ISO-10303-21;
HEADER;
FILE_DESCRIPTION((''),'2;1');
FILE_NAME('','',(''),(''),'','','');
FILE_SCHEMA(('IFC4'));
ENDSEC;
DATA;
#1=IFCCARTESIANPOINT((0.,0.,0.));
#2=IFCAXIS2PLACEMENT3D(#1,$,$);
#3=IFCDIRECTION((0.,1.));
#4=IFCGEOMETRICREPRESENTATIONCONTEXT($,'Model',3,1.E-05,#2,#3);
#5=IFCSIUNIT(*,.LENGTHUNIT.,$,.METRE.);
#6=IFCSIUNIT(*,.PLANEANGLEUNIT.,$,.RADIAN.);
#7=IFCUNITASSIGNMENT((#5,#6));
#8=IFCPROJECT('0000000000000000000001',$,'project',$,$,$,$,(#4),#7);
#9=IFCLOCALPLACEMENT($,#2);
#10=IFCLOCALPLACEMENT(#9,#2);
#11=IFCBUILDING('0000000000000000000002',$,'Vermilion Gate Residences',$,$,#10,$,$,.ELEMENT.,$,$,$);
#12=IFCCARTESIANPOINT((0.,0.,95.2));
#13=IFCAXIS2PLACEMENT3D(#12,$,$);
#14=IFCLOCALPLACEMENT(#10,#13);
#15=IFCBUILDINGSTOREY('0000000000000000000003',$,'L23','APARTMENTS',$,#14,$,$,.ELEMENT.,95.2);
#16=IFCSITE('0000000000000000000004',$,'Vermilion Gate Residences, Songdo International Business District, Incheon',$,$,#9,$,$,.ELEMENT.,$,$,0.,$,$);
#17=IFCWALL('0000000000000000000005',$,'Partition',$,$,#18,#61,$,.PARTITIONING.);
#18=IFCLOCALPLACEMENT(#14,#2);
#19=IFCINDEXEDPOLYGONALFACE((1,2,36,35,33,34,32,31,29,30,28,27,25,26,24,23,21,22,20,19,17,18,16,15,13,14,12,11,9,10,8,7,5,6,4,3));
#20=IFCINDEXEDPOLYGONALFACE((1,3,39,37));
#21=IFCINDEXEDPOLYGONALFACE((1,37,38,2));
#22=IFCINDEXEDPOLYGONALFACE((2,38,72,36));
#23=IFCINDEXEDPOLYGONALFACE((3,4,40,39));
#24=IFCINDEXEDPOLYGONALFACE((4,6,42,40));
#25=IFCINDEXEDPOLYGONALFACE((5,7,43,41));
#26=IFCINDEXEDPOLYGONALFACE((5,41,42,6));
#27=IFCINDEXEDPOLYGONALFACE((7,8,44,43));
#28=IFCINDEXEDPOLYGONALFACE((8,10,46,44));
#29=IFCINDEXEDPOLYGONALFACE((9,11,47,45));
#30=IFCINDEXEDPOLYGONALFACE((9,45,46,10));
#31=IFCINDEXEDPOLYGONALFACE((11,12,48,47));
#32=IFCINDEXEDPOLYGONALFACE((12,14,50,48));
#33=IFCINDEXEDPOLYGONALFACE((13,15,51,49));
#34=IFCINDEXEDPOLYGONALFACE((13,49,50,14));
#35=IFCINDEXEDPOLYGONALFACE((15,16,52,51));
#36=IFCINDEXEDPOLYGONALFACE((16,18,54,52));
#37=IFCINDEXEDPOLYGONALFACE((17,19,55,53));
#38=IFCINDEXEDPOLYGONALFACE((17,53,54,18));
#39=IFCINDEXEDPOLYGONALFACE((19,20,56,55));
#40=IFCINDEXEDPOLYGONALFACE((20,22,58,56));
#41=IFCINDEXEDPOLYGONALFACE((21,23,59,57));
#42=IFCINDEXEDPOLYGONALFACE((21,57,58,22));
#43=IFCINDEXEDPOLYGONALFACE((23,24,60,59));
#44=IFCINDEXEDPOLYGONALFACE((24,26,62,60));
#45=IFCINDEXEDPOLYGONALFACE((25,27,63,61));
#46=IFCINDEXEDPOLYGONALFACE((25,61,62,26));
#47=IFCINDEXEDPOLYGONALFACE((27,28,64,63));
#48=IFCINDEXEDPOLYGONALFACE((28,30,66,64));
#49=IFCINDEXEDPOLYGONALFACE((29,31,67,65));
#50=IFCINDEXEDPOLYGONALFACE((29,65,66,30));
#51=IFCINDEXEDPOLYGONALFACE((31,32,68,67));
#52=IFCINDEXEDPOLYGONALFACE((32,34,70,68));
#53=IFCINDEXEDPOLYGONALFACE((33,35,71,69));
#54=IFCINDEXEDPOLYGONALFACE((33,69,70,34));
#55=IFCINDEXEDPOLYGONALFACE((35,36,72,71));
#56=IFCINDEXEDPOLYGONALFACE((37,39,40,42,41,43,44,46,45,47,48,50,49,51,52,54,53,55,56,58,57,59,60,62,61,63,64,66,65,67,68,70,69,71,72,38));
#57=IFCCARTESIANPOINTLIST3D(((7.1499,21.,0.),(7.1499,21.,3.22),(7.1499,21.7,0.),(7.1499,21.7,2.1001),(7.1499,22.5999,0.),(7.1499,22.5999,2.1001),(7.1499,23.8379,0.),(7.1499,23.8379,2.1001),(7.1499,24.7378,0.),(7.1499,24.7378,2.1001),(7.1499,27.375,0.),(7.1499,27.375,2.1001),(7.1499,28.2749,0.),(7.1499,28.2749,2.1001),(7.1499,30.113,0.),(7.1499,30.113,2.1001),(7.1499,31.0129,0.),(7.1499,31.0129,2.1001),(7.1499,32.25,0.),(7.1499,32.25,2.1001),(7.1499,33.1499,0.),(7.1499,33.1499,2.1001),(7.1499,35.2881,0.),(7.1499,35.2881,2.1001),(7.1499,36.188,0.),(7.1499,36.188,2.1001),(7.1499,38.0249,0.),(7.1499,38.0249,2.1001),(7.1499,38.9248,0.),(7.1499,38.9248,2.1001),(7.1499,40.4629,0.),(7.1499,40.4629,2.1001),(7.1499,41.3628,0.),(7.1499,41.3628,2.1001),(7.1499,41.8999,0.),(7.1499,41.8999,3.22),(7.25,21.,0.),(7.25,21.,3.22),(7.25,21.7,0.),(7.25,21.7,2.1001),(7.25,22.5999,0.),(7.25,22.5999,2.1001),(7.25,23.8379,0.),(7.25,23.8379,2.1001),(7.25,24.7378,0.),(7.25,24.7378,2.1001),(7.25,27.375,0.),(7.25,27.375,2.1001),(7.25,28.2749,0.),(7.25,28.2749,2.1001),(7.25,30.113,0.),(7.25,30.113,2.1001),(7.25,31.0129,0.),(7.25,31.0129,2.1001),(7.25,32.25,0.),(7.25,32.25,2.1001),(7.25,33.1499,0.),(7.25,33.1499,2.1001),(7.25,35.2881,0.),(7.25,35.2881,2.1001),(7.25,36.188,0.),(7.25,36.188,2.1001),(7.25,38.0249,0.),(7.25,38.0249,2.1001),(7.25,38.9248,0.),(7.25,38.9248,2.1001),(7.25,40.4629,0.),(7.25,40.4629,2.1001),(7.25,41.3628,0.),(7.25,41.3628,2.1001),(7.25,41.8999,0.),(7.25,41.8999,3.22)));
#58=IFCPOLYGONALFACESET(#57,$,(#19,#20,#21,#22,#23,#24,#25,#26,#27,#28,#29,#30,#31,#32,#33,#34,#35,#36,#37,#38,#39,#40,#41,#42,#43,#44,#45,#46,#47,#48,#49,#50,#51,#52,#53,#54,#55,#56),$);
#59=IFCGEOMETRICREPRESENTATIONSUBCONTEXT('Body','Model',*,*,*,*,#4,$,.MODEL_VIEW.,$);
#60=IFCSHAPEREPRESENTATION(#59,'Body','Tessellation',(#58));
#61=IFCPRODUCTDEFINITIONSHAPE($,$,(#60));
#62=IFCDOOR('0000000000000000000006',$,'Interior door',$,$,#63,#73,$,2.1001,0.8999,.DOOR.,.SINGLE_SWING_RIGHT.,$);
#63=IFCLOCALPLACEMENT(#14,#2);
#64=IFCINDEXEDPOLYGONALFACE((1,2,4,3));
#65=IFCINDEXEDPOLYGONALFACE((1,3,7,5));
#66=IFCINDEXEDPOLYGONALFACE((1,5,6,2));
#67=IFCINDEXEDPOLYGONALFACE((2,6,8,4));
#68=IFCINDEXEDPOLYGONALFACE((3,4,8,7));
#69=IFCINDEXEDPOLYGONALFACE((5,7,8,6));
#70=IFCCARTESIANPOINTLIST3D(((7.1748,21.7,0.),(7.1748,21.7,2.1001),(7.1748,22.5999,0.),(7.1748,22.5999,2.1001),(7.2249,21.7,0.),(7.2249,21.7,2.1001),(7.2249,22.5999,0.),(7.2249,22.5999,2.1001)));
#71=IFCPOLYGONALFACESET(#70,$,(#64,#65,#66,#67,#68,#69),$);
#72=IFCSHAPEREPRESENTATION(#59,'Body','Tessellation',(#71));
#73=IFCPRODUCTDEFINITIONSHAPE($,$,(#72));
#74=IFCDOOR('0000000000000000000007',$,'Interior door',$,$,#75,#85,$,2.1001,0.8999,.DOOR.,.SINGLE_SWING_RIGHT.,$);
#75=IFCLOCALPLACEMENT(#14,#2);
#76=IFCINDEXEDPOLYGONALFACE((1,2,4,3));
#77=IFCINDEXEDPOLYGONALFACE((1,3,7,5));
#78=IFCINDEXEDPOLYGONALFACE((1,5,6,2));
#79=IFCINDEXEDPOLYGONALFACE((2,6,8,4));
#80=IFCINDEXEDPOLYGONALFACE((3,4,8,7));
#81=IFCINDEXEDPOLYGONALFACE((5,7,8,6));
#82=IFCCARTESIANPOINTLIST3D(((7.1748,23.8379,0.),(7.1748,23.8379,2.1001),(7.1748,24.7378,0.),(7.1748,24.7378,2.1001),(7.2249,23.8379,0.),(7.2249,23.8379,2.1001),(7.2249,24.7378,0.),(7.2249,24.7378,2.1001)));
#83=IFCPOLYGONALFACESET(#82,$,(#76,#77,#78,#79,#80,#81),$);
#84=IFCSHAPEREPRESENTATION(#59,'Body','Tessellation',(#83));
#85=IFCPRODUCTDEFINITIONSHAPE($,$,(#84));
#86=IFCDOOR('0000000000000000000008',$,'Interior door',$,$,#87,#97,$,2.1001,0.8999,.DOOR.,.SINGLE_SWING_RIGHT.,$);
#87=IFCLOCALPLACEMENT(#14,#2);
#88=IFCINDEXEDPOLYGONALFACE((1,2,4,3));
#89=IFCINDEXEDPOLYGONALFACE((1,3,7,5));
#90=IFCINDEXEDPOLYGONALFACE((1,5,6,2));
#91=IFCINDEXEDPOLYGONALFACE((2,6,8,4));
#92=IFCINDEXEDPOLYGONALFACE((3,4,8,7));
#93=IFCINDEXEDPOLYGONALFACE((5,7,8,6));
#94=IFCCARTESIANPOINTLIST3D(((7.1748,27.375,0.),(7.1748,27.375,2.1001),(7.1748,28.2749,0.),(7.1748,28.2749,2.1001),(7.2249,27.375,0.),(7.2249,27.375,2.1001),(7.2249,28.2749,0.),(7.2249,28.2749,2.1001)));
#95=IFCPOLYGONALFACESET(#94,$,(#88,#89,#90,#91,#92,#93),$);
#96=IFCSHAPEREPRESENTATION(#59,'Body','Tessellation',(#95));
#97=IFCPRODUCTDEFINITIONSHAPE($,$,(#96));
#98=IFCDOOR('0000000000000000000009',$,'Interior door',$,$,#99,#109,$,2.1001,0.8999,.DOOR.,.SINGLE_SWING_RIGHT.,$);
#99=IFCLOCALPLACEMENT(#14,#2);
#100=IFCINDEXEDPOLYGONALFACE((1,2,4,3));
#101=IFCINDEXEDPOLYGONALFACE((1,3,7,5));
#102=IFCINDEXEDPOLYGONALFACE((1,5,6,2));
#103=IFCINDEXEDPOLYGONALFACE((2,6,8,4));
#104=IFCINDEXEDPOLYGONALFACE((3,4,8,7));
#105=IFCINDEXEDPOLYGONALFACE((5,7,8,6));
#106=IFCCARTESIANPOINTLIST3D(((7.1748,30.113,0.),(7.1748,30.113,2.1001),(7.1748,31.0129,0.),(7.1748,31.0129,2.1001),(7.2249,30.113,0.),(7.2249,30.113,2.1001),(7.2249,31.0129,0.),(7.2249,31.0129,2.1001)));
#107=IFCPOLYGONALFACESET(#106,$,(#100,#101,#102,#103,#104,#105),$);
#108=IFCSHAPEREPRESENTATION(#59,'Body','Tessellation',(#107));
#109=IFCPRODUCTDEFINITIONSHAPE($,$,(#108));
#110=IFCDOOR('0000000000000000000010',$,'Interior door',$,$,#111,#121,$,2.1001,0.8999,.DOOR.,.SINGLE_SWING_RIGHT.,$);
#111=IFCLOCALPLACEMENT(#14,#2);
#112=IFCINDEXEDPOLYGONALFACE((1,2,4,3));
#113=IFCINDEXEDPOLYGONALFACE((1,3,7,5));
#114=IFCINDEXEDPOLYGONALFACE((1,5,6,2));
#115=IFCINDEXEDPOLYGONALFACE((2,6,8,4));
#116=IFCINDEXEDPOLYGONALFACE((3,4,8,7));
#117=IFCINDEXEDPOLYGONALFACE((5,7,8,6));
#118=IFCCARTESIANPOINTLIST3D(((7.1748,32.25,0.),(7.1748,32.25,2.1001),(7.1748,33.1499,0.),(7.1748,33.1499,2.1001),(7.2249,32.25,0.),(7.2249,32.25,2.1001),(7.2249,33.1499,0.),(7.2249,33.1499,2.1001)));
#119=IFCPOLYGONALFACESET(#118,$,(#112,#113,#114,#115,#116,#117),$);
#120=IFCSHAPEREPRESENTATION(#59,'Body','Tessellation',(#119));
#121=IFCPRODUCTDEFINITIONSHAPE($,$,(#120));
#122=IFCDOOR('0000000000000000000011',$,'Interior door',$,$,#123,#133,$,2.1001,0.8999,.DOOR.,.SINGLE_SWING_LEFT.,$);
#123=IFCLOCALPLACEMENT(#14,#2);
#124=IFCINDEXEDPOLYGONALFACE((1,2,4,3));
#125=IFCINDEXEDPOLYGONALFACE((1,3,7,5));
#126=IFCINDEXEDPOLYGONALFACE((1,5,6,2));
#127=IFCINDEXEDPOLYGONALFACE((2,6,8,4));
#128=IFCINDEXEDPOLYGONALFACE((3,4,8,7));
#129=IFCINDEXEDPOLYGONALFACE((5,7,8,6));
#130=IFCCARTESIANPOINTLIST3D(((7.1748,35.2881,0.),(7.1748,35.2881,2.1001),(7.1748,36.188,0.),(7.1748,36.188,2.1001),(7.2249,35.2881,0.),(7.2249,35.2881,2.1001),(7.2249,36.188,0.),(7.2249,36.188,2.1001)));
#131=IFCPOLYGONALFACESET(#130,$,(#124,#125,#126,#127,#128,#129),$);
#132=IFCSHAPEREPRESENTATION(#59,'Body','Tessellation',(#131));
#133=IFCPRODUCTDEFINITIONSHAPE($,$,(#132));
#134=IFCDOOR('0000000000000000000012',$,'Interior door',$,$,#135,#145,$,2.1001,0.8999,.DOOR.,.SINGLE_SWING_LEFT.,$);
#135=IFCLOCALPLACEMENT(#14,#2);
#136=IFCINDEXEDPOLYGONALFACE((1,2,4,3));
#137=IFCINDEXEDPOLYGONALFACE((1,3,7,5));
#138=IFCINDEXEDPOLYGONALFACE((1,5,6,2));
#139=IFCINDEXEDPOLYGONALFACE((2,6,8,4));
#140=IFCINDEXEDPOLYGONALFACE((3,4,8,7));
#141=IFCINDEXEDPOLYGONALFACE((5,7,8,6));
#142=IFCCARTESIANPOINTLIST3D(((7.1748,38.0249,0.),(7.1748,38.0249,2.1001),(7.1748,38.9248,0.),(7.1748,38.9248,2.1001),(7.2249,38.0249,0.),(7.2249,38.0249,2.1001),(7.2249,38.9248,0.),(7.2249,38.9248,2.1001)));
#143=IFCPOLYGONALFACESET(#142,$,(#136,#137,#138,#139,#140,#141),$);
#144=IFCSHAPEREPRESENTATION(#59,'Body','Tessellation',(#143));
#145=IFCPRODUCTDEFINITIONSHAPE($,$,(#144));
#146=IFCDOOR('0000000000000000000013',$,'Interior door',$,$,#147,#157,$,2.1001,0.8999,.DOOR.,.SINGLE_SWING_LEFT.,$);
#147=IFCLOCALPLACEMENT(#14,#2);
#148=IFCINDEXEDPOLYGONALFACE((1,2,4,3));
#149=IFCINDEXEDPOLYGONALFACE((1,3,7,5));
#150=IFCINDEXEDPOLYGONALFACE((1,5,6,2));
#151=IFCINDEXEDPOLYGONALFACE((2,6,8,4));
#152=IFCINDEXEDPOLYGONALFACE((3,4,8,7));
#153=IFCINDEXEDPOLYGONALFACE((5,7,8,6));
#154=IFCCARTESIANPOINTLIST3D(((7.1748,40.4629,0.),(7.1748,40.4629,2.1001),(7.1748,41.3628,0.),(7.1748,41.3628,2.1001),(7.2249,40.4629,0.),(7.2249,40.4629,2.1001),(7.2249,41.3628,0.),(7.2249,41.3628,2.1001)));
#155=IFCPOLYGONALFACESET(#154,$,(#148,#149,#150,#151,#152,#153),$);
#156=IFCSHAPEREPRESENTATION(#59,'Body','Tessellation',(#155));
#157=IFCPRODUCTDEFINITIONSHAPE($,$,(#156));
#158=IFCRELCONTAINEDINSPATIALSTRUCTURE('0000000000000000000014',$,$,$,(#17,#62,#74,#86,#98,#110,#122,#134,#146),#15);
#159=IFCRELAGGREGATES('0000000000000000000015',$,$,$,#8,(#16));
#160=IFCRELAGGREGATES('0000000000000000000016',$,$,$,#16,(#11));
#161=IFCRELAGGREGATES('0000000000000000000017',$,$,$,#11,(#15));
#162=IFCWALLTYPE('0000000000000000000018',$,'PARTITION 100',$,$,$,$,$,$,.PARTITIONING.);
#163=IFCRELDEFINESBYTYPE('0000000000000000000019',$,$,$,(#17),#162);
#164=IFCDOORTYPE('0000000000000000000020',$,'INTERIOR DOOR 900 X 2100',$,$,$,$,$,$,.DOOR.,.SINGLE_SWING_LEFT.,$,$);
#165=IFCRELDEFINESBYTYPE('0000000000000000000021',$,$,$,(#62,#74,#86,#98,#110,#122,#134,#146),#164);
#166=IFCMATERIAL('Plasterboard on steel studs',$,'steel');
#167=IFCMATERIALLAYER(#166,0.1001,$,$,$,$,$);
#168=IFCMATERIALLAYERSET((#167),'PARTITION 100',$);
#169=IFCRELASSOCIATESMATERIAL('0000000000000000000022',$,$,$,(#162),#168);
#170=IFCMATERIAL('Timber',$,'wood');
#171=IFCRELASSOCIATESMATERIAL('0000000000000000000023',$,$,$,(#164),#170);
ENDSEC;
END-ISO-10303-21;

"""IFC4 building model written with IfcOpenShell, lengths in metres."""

from ifc_helpers import new_model, si_unit, direction, frame, frame_2d, origin, place, context, subcontext, project, spatial, rectangle, extrude, material, layer, layer_set, type_object, element, fill, save


model = new_model("IFC4")

# Units and contexts
model_context = context("Model", 3, precision=1e-05, world=origin(), true_north=direction((0.0, 1.0)))
body_context = subcontext(model_context, "Body", "Model", "MODEL_VIEW")
ifc_project = project(units=[si_unit("LENGTHUNIT", "METRE"), si_unit("PLANEANGLEUNIT", "RADIAN")], contexts=[model_context])

# Site, building, storey
site_placement = place(None, origin())
site = spatial("IfcSite", under=ifc_project, at=site_placement, Name="Vermilion Gate Residences, Songdo International Business District, Incheon", CompositionType="ELEMENT", RefElevation=0.0)
building_placement = place(site_placement, origin())
building = spatial("IfcBuilding", under=site, at=building_placement, Name="Vermilion Gate Residences", CompositionType="ELEMENT")
storey_placement = place(building_placement, frame((0.0, 0.0, 95.2)))
storey = spatial("IfcBuildingStorey", under=building, at=storey_placement, Name="L23", Description="APARTMENTS", CompositionType="ELEMENT", Elevation=95.2)

# Shared definitions
ifc_material_1 = material(Name="Plasterboard on steel studs", Category="steel")
ifc_layer = layer(ifc_material_1, 0.1001)
ifc_layer_set = layer_set([ifc_layer], Name="PARTITION 100")
wall_type = type_object("IfcWallType", Name="PARTITION 100", PredefinedType="PARTITIONING", material=ifc_layer_set)

# Wall, openings, doors
ifc_material_2 = material(Name="Timber", Category="wood")
door_type = type_object("IfcDoorType", Name="INTERIOR DOOR 900 X 2100", OperationType="SINGLE_SWING_LEFT", PredefinedType="DOOR", material=ifc_material_2)
wall_1_placement = place(storey_placement, frame((7.2, 21.0, 0.0), z_axis=(0.0, 0.0, 1.0), x_axis=(0.0, 1.0, 0.0)))
wall_1 = element("IfcWall", 1, at=wall_1_placement, inside=storey, type_object=wall_type, Name="Partition", PredefinedType="PARTITIONING", context=body_context, shape_type="SweptSolid", body=[
    extrude(rectangle(XDim=20.8999, YDim=0.1001, at=frame_2d((10.45, 0.0))), origin(), (0.0, 0.0, 1.0), 3.22),
])
opening_1_placement = place(wall_1_placement, frame((0.7, 0.0, 0.0)))
opening_1 = element("IfcOpeningElement", 2, at=opening_1_placement, cuts=wall_1, PredefinedType="OPENING", context=body_context, shape_type="SweptSolid", body=[
    extrude(rectangle(XDim=0.8999, YDim=2.1001, at=frame_2d((0.45, 1.05))), frame((0.0, 0.0601, 0.0), z_axis=(0.0, -1.0, 0.0), x_axis=(1.0, 0.0, 0.0)), (0.0, 0.0, 1.0), 0.1201),
])
opening_2_placement = place(wall_1_placement, frame((2.8379, 0.0, 0.0)))
opening_2 = element("IfcOpeningElement", 3, at=opening_2_placement, cuts=wall_1, PredefinedType="OPENING", context=body_context, shape_type="SweptSolid", body=[
    extrude(rectangle(XDim=0.8999, YDim=2.1001, at=frame_2d((0.45, 1.05))), frame((0.0, 0.0601, 0.0), z_axis=(0.0, -1.0, 0.0), x_axis=(1.0, 0.0, 0.0)), (0.0, 0.0, 1.0), 0.1201),
])
opening_3_placement = place(wall_1_placement, frame((6.375, 0.0, 0.0)))
opening_3 = element("IfcOpeningElement", 4, at=opening_3_placement, cuts=wall_1, PredefinedType="OPENING", context=body_context, shape_type="SweptSolid", body=[
    extrude(rectangle(XDim=0.8999, YDim=2.1001, at=frame_2d((0.45, 1.05))), frame((0.0, 0.0601, 0.0), z_axis=(0.0, -1.0, 0.0), x_axis=(1.0, 0.0, 0.0)), (0.0, 0.0, 1.0), 0.1201),
])
opening_4_placement = place(wall_1_placement, frame((9.113, 0.0, 0.0)))
opening_4 = element("IfcOpeningElement", 5, at=opening_4_placement, cuts=wall_1, PredefinedType="OPENING", context=body_context, shape_type="SweptSolid", body=[
    extrude(rectangle(XDim=0.8999, YDim=2.1001, at=frame_2d((0.45, 1.05))), frame((0.0, 0.0601, 0.0), z_axis=(0.0, -1.0, 0.0), x_axis=(1.0, 0.0, 0.0)), (0.0, 0.0, 1.0), 0.1201),
])
opening_5_placement = place(wall_1_placement, frame((11.25, 0.0, 0.0)))
opening_5 = element("IfcOpeningElement", 6, at=opening_5_placement, cuts=wall_1, PredefinedType="OPENING", context=body_context, shape_type="SweptSolid", body=[
    extrude(rectangle(XDim=0.8999, YDim=2.1001, at=frame_2d((0.45, 1.05))), frame((0.0, 0.0601, 0.0), z_axis=(0.0, -1.0, 0.0), x_axis=(1.0, 0.0, 0.0)), (0.0, 0.0, 1.0), 0.1201),
])
opening_6_placement = place(wall_1_placement, frame((14.2881, 0.0, 0.0)))
opening_6 = element("IfcOpeningElement", 7, at=opening_6_placement, cuts=wall_1, PredefinedType="OPENING", context=body_context, shape_type="SweptSolid", body=[
    extrude(rectangle(XDim=0.8999, YDim=2.1001, at=frame_2d((0.45, 1.05))), frame((0.0, 0.0601, 0.0), z_axis=(0.0, -1.0, 0.0), x_axis=(1.0, 0.0, 0.0)), (0.0, 0.0, 1.0), 0.1201),
])
opening_7_placement = place(wall_1_placement, frame((17.0249, 0.0, 0.0)))
opening_7 = element("IfcOpeningElement", 8, at=opening_7_placement, cuts=wall_1, PredefinedType="OPENING", context=body_context, shape_type="SweptSolid", body=[
    extrude(rectangle(XDim=0.8999, YDim=2.1001, at=frame_2d((0.45, 1.05))), frame((0.0, 0.0601, 0.0), z_axis=(0.0, -1.0, 0.0), x_axis=(1.0, 0.0, 0.0)), (0.0, 0.0, 1.0), 0.1201),
])
opening_8_placement = place(wall_1_placement, frame((19.4629, 0.0, 0.0)))
opening_8 = element("IfcOpeningElement", 9, at=opening_8_placement, cuts=wall_1, PredefinedType="OPENING", context=body_context, shape_type="SweptSolid", body=[
    extrude(rectangle(XDim=0.8999, YDim=2.1001, at=frame_2d((0.45, 1.05))), frame((0.0, 0.0601, 0.0), z_axis=(0.0, -1.0, 0.0), x_axis=(1.0, 0.0, 0.0)), (0.0, 0.0, 1.0), 0.1201),
])
door_1_placement = place(opening_1_placement, frame((0.8999, 0.0, 0.0), z_axis=(0.0, 0.0, 1.0), x_axis=(-1.0, 0.0, 0.0)))
door_1 = element("IfcDoor", 10, at=door_1_placement, inside=storey, type_object=door_type, Name="Interior door", OperationType="SINGLE_SWING_RIGHT", OverallHeight=2.1001, OverallWidth=0.8999, PredefinedType="DOOR", context=body_context, shape_type="SweptSolid", body=[
    extrude(rectangle(XDim=0.8999, YDim=2.1001, at=frame_2d((0.45, 1.05))), frame((0.0, 0.0249, 0.0), z_axis=(0.0, -1.0, 0.0), x_axis=(1.0, 0.0, 0.0)), (0.0, 0.0, 1.0), 0.05),
])
fill(opening_1, door_1)
door_2_placement = place(opening_2_placement, frame((0.8999, 0.0, 0.0), z_axis=(0.0, 0.0, 1.0), x_axis=(-1.0, 0.0, 0.0)))
door_2 = element("IfcDoor", 11, at=door_2_placement, inside=storey, type_object=door_type, Name="Interior door", OperationType="SINGLE_SWING_RIGHT", OverallHeight=2.1001, OverallWidth=0.8999, PredefinedType="DOOR", context=body_context, shape_type="SweptSolid", body=[
    extrude(rectangle(XDim=0.8999, YDim=2.1001, at=frame_2d((0.45, 1.05))), frame((0.0, 0.0249, 0.0), z_axis=(0.0, -1.0, 0.0), x_axis=(1.0, 0.0, 0.0)), (0.0, 0.0, 1.0), 0.05),
])
fill(opening_2, door_2)
door_3_placement = place(opening_3_placement, frame((0.8999, 0.0, 0.0), z_axis=(0.0, 0.0, 1.0), x_axis=(-1.0, 0.0, 0.0)))
door_3 = element("IfcDoor", 12, at=door_3_placement, inside=storey, type_object=door_type, Name="Interior door", OperationType="SINGLE_SWING_RIGHT", OverallHeight=2.1001, OverallWidth=0.8999, PredefinedType="DOOR", context=body_context, shape_type="SweptSolid", body=[
    extrude(rectangle(XDim=0.8999, YDim=2.1001, at=frame_2d((0.45, 1.05))), frame((0.0, 0.0249, 0.0), z_axis=(0.0, -1.0, 0.0), x_axis=(1.0, 0.0, 0.0)), (0.0, 0.0, 1.0), 0.05),
])
fill(opening_3, door_3)
door_4_placement = place(opening_4_placement, frame((0.8999, 0.0, 0.0), z_axis=(0.0, 0.0, 1.0), x_axis=(-1.0, 0.0, 0.0)))
door_4 = element("IfcDoor", 13, at=door_4_placement, inside=storey, type_object=door_type, Name="Interior door", OperationType="SINGLE_SWING_RIGHT", OverallHeight=2.1001, OverallWidth=0.8999, PredefinedType="DOOR", context=body_context, shape_type="SweptSolid", body=[
    extrude(rectangle(XDim=0.8999, YDim=2.1001, at=frame_2d((0.45, 1.05))), frame((0.0, 0.0249, 0.0), z_axis=(0.0, -1.0, 0.0), x_axis=(1.0, 0.0, 0.0)), (0.0, 0.0, 1.0), 0.05),
])
fill(opening_4, door_4)
door_5_placement = place(opening_5_placement, frame((0.8999, 0.0, 0.0), z_axis=(0.0, 0.0, 1.0), x_axis=(-1.0, 0.0, 0.0)))
door_5 = element("IfcDoor", 14, at=door_5_placement, inside=storey, type_object=door_type, Name="Interior door", OperationType="SINGLE_SWING_RIGHT", OverallHeight=2.1001, OverallWidth=0.8999, PredefinedType="DOOR", context=body_context, shape_type="SweptSolid", body=[
    extrude(rectangle(XDim=0.8999, YDim=2.1001, at=frame_2d((0.45, 1.05))), frame((0.0, 0.0249, 0.0), z_axis=(0.0, -1.0, 0.0), x_axis=(1.0, 0.0, 0.0)), (0.0, 0.0, 1.0), 0.05),
])
fill(opening_5, door_5)
door_6_placement = place(opening_6_placement, frame((0.8999, 0.0, 0.0), z_axis=(0.0, 0.0, 1.0), x_axis=(-1.0, 0.0, 0.0)))
door_6 = element("IfcDoor", 15, at=door_6_placement, inside=storey, type_object=door_type, Name="Interior door", OperationType="SINGLE_SWING_LEFT", OverallHeight=2.1001, OverallWidth=0.8999, PredefinedType="DOOR", context=body_context, shape_type="SweptSolid", body=[
    extrude(rectangle(XDim=0.8999, YDim=2.1001, at=frame_2d((0.45, 1.05))), frame((0.0, 0.0249, 0.0), z_axis=(0.0, -1.0, 0.0), x_axis=(1.0, 0.0, 0.0)), (0.0, 0.0, 1.0), 0.05),
])
fill(opening_6, door_6)
door_7_placement = place(opening_7_placement, frame((0.8999, 0.0, 0.0), z_axis=(0.0, 0.0, 1.0), x_axis=(-1.0, 0.0, 0.0)))
door_7 = element("IfcDoor", 16, at=door_7_placement, inside=storey, type_object=door_type, Name="Interior door", OperationType="SINGLE_SWING_LEFT", OverallHeight=2.1001, OverallWidth=0.8999, PredefinedType="DOOR", context=body_context, shape_type="SweptSolid", body=[
    extrude(rectangle(XDim=0.8999, YDim=2.1001, at=frame_2d((0.45, 1.05))), frame((0.0, 0.0249, 0.0), z_axis=(0.0, -1.0, 0.0), x_axis=(1.0, 0.0, 0.0)), (0.0, 0.0, 1.0), 0.05),
])
fill(opening_7, door_7)
door_8_placement = place(opening_8_placement, frame((0.8999, 0.0, 0.0), z_axis=(0.0, 0.0, 1.0), x_axis=(-1.0, 0.0, 0.0)))
door_8 = element("IfcDoor", 17, at=door_8_placement, inside=storey, type_object=door_type, Name="Interior door", OperationType="SINGLE_SWING_LEFT", OverallHeight=2.1001, OverallWidth=0.8999, PredefinedType="DOOR", context=body_context, shape_type="SweptSolid", body=[
    extrude(rectangle(XDim=0.8999, YDim=2.1001, at=frame_2d((0.45, 1.05))), frame((0.0, 0.0249, 0.0), z_axis=(0.0, -1.0, 0.0), x_axis=(1.0, 0.0, 0.0)), (0.0, 0.0, 1.0), 0.05),
])
fill(opening_8, door_8)

save(model, "model.ifc")
